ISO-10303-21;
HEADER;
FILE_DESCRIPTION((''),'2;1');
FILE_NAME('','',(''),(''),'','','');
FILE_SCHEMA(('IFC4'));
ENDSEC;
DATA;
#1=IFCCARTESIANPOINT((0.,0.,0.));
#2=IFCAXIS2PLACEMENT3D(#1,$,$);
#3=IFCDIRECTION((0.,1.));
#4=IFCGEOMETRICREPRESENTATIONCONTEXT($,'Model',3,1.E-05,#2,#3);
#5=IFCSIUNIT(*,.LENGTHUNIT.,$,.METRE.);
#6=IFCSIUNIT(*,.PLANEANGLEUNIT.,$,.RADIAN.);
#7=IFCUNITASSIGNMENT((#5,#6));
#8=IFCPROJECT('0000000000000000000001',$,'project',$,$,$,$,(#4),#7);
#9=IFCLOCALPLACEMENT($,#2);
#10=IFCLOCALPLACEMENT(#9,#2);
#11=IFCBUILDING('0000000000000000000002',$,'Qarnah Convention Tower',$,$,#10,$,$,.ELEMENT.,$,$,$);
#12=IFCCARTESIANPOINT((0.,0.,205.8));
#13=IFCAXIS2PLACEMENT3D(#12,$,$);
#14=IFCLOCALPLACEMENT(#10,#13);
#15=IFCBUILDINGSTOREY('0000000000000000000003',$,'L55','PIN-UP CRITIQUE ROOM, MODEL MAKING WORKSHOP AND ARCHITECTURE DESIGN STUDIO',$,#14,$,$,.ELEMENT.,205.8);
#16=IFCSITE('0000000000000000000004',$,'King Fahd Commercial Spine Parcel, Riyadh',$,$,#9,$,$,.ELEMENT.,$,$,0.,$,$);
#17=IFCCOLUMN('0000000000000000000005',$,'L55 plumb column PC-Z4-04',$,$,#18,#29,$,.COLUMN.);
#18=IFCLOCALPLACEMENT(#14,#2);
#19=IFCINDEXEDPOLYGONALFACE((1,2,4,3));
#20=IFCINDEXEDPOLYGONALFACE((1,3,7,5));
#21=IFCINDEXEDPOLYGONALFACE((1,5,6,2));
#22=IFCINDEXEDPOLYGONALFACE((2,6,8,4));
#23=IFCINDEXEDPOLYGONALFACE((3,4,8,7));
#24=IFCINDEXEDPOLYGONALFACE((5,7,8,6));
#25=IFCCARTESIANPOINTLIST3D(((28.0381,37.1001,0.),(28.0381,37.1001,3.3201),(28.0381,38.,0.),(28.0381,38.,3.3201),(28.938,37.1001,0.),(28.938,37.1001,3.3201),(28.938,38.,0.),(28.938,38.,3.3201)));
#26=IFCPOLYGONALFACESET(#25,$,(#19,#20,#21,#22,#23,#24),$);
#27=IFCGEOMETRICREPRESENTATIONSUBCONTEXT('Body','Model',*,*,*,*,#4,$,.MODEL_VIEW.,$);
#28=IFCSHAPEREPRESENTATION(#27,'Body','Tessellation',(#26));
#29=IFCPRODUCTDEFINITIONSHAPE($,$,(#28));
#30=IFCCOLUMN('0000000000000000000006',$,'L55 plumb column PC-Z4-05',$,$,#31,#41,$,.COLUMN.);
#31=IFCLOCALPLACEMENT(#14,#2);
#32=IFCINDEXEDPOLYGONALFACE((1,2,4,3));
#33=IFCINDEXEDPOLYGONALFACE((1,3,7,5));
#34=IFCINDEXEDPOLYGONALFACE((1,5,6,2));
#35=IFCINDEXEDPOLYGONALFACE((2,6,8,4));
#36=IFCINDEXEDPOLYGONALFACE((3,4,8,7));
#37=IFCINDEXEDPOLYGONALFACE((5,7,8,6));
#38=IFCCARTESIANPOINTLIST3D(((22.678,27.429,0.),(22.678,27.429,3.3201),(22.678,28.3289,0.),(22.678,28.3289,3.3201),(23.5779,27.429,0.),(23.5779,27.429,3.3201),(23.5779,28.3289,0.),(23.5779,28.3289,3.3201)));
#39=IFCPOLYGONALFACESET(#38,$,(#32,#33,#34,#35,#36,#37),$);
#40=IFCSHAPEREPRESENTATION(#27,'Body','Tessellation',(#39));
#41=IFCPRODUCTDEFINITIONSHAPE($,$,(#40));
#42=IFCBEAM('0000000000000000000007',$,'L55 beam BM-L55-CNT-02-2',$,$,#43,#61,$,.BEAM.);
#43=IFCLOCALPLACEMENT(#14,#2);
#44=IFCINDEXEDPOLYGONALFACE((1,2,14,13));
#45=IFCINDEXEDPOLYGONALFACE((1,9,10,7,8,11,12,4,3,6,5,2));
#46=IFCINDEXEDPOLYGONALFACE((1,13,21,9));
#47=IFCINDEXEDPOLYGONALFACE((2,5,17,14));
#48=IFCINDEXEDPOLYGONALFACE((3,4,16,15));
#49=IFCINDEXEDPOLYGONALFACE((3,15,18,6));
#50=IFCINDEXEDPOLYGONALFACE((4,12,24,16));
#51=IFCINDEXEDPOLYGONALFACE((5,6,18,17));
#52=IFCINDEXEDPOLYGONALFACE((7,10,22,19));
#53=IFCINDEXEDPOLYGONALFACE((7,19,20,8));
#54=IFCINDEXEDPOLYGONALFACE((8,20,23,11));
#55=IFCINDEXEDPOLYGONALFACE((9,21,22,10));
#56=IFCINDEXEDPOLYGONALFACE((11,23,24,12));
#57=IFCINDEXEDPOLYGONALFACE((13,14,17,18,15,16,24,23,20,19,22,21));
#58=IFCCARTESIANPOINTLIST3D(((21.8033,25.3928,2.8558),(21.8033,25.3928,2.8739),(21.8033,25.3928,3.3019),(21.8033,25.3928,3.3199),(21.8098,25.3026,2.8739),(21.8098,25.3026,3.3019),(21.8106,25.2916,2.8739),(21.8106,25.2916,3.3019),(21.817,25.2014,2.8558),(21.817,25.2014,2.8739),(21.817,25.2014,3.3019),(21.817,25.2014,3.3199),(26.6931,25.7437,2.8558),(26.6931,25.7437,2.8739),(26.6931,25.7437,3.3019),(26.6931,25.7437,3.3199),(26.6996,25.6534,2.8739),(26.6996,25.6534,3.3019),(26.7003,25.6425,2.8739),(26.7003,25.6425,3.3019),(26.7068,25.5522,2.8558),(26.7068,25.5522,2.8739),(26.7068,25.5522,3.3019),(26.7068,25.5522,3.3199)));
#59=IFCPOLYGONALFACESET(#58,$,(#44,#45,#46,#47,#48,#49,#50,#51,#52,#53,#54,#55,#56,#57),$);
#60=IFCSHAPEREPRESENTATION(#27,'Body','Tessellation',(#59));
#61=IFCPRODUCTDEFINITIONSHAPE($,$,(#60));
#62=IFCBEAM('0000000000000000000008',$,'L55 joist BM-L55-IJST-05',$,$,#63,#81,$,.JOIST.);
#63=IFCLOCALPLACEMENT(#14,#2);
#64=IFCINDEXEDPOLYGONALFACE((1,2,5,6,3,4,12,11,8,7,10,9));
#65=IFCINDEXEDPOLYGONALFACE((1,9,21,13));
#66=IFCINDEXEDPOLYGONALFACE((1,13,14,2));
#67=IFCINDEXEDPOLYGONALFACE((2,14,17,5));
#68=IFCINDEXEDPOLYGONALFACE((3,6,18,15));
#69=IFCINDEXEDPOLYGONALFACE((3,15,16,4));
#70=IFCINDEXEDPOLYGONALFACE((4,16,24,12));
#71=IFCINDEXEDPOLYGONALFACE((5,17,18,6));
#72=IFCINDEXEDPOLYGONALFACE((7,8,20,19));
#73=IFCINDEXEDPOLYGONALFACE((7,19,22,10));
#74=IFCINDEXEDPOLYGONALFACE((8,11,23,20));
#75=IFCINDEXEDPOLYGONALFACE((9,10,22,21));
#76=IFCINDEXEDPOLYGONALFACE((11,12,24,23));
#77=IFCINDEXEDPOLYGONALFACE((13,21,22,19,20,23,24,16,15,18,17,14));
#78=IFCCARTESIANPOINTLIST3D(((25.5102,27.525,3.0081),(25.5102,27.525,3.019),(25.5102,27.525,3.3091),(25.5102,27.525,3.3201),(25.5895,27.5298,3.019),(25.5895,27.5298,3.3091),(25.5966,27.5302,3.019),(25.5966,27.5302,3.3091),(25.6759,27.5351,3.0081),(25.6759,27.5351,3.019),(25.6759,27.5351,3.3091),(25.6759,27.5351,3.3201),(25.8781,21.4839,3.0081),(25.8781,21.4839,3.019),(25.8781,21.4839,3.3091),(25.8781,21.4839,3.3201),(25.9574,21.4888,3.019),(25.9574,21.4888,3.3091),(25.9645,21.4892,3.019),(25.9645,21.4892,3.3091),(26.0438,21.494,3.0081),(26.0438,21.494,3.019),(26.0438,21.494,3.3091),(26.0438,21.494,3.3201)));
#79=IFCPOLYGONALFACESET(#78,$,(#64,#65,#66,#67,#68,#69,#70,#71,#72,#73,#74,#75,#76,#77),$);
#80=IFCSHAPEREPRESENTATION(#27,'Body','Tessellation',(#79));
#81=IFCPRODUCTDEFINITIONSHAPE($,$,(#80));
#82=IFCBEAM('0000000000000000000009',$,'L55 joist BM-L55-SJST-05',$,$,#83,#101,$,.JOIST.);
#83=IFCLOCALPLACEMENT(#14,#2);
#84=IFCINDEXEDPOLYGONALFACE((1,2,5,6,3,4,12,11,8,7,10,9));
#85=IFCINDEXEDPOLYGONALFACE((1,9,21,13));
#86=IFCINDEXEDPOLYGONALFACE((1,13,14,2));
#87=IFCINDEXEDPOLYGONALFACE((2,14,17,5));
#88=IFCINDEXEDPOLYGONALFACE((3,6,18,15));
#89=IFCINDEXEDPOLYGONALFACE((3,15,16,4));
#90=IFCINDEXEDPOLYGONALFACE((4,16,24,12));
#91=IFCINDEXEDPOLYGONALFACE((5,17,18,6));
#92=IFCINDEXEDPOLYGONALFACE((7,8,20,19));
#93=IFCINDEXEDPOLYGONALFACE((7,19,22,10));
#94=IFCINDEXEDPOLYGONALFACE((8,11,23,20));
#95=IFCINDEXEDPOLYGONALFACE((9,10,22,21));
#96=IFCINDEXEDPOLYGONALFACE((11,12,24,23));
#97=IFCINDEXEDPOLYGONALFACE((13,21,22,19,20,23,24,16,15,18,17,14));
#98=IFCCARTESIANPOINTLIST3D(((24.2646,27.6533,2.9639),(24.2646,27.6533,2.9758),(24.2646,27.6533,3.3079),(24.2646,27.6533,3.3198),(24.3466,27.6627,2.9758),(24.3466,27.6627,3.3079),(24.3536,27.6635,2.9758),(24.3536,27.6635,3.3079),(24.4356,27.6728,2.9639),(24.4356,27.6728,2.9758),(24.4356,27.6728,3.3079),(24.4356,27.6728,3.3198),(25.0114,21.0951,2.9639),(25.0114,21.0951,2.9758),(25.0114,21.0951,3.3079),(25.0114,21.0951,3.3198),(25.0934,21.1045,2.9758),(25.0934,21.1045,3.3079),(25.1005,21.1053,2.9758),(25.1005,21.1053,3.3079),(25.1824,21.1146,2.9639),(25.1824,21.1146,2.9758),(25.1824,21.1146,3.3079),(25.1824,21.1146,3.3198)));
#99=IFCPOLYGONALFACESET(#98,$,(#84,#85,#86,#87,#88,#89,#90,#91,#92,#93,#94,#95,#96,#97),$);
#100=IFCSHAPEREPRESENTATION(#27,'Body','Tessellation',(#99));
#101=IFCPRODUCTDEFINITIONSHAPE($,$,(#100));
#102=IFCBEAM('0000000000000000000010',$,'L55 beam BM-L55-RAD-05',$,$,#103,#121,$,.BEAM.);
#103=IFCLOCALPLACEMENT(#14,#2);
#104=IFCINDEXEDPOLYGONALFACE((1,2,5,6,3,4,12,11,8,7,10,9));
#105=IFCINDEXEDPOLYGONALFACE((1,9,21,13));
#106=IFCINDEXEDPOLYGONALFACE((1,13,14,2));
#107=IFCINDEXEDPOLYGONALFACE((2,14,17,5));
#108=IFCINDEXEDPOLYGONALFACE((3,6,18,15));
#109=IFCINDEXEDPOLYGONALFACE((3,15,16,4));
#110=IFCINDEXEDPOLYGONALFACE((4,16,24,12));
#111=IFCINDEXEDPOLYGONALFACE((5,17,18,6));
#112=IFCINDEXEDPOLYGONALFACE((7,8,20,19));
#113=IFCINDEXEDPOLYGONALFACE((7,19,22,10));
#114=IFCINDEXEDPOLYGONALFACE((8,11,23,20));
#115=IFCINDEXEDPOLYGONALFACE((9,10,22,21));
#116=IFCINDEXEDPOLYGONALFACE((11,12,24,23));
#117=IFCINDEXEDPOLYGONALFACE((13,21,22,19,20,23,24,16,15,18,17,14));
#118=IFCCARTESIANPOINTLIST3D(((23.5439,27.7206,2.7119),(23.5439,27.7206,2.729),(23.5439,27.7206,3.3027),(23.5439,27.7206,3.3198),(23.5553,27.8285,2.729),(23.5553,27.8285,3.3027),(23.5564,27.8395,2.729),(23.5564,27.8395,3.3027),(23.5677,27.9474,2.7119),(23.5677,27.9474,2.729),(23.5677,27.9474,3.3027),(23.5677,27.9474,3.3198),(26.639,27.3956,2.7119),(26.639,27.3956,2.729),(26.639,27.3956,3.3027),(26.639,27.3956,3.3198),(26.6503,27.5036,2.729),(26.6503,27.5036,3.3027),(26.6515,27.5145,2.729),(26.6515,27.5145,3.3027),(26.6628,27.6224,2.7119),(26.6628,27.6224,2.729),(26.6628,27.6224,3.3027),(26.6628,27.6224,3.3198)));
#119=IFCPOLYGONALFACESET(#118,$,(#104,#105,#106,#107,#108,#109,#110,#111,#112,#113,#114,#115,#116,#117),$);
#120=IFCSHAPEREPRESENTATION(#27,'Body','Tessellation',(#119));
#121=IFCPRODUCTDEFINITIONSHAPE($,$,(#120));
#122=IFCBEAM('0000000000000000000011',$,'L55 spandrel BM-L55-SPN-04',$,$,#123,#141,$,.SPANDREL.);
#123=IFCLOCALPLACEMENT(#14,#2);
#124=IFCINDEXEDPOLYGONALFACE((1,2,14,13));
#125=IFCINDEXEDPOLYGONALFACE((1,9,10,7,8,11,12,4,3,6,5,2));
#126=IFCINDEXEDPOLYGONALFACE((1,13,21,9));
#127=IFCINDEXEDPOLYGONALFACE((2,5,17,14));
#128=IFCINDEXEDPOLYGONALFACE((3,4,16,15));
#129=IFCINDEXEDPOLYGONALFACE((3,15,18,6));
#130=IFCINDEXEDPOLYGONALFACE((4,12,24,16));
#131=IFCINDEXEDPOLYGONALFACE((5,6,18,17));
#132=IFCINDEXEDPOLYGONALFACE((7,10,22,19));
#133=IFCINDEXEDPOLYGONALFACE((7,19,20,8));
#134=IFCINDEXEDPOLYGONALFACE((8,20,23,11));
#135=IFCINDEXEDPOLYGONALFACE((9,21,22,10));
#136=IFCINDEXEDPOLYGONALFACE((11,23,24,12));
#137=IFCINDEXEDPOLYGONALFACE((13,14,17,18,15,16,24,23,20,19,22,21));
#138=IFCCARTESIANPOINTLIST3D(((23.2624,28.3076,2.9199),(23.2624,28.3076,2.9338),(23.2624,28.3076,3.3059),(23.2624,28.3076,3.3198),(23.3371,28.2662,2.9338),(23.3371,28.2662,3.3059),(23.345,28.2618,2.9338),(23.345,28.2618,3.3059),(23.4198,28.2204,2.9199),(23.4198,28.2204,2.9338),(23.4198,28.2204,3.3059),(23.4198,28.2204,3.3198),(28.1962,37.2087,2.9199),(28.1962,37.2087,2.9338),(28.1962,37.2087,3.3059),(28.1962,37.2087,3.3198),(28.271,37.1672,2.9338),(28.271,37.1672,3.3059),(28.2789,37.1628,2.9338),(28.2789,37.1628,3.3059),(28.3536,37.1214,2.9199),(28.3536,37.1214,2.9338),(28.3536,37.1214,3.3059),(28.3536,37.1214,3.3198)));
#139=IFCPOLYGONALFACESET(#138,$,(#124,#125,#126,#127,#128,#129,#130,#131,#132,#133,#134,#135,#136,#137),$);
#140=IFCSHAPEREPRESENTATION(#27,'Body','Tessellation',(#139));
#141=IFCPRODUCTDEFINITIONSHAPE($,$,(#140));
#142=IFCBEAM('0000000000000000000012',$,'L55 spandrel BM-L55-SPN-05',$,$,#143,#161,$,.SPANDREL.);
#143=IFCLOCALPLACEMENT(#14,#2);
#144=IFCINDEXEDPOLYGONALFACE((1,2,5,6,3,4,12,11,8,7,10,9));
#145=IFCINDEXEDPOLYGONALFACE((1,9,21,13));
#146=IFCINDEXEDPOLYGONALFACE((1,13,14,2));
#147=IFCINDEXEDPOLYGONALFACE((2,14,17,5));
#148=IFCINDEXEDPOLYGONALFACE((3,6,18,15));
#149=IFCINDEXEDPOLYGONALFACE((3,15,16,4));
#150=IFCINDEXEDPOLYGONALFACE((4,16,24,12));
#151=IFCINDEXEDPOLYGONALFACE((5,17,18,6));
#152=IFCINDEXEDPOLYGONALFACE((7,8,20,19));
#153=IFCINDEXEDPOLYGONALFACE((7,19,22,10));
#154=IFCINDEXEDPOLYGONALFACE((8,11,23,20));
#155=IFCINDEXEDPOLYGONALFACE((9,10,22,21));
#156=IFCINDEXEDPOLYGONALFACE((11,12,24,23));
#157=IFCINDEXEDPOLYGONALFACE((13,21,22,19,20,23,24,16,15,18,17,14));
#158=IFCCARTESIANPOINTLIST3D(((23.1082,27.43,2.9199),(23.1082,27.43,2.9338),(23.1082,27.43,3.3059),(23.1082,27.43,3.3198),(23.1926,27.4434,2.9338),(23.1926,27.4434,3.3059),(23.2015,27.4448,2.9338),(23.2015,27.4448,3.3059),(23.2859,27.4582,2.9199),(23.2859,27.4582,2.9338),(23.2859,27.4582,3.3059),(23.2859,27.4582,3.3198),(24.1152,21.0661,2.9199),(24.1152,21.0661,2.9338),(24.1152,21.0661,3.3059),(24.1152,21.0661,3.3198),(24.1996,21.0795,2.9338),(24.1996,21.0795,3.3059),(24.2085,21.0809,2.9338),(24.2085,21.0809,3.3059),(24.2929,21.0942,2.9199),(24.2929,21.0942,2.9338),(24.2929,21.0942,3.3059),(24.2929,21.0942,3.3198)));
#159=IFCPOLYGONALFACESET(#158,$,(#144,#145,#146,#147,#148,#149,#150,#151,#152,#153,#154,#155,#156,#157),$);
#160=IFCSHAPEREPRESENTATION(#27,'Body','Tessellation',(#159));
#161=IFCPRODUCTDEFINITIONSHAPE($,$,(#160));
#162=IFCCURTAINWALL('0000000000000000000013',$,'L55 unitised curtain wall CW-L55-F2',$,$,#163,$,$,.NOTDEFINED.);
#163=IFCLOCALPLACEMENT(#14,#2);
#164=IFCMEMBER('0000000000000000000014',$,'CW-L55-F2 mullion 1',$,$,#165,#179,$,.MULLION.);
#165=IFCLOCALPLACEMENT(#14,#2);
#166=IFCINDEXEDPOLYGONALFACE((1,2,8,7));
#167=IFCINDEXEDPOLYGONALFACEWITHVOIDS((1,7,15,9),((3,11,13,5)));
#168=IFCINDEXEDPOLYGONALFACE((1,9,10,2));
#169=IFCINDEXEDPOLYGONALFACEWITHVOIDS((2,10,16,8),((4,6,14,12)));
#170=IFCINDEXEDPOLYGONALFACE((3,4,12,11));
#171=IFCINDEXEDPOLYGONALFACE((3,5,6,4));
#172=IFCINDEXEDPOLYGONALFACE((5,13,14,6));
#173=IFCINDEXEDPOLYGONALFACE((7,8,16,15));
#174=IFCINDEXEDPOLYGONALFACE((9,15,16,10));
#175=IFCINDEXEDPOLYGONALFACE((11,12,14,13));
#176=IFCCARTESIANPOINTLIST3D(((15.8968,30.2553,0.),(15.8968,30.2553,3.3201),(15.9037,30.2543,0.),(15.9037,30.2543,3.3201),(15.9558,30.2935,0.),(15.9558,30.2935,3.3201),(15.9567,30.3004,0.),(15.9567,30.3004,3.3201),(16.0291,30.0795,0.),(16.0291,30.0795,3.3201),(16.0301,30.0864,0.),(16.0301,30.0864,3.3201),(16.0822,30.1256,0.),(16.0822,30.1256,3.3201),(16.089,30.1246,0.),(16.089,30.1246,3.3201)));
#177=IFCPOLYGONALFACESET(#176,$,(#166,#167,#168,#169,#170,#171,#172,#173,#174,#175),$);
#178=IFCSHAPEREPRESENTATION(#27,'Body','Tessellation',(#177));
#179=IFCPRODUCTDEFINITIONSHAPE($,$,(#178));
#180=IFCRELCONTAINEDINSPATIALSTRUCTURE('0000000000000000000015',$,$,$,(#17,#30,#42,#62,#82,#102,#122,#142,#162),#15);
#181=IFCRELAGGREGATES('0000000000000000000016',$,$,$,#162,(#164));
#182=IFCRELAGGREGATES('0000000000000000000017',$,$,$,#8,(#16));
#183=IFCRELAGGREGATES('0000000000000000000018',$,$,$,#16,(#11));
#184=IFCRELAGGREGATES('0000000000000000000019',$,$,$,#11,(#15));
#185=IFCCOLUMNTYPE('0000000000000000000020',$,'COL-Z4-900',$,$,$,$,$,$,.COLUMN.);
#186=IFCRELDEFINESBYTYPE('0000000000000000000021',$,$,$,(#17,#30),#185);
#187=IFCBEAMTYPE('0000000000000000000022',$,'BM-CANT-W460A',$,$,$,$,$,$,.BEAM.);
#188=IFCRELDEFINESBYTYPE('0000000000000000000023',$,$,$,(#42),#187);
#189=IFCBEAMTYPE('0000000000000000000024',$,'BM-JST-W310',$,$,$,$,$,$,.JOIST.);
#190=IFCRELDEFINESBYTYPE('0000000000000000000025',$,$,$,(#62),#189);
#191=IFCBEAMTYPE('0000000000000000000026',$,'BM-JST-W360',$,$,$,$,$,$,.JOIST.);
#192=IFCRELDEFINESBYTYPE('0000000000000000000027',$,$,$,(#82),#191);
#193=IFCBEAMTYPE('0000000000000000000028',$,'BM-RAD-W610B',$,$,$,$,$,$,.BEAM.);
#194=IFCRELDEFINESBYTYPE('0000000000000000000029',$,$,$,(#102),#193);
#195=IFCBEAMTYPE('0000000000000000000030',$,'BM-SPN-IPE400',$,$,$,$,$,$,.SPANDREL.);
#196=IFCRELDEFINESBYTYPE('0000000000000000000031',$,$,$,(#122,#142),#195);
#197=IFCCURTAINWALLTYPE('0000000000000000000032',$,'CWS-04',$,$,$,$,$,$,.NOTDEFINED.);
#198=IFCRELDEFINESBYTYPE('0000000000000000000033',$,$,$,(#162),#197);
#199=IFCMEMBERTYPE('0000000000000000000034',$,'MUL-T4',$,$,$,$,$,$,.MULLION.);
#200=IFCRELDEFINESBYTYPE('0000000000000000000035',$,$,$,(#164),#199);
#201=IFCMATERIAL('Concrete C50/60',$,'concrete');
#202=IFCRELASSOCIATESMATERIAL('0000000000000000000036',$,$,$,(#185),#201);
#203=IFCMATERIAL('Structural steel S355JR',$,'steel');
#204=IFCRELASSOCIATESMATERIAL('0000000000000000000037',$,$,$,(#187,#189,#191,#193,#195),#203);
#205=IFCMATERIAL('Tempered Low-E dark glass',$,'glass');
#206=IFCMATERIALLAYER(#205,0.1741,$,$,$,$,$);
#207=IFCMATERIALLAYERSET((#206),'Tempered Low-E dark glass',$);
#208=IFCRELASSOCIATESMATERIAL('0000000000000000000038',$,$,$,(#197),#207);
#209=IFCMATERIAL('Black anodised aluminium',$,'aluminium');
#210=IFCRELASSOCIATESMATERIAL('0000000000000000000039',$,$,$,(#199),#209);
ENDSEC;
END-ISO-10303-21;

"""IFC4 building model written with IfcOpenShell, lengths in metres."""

from ifc_helpers import new_model, si_unit, direction, frame, origin, origin_2d, place, context, subcontext, project, spatial, rectangle, hollow_rectangle, i_section, extrude, material, layer, layer_set, material_profile, profile_set, type_object, element, aggregate, save


model = new_model("IFC4")

# Units and contexts
model_context = context("Model", 3, precision=1e-05, world=origin(), true_north=direction((0.0, 1.0)))
body_context = subcontext(model_context, "Body", "Model", "MODEL_VIEW")
ifc_project = project(units=[si_unit("LENGTHUNIT", "METRE"), si_unit("PLANEANGLEUNIT", "RADIAN")], contexts=[model_context])

# Site, building, storey
site_placement = place(None, origin())
site = spatial("IfcSite", under=ifc_project, at=site_placement, Name="King Fahd Commercial Spine Parcel, Riyadh", CompositionType="ELEMENT", RefElevation=0.0)
building_placement = place(site_placement, origin())
building = spatial("IfcBuilding", under=site, at=building_placement, Name="Qarnah Convention Tower", CompositionType="ELEMENT")
storey_placement = place(building_placement, frame((0.0, 0.0, 205.8)))
storey = spatial("IfcBuildingStorey", under=building, at=storey_placement, Name="L55", Description="PIN-UP CRITIQUE ROOM, MODEL MAKING WORKSHOP AND ARCHITECTURE DESIGN STUDIO", CompositionType="ELEMENT", Elevation=205.8)

# Columns
ifc_material_1 = material(Name="Concrete C50/60", Category="concrete")
ifc_material_profile_1 = material_profile(ifc_material_1, rectangle(XDim=0.8999, YDim=0.8999, at=origin_2d()), Name="RC-COL-900X900")
ifc_profile_set_1 = profile_set([ifc_material_profile_1], Name="Concrete C50/60")
column_type = type_object("IfcColumnType", Name="COL-Z4-900", PredefinedType="COLUMN", material=ifc_profile_set_1)
for number, where, z_axis, x_axis, name in (
    (1, (28.488, 37.55, 0.0), (0.0, 0.0, 1.0), (1.0, 0.0, 0.0), "L55 plumb column PC-Z4-04"),
    (2, (23.1279, 27.8789, 0.0), (0.0, 0.0, 1.0), (1.0, 0.0, 0.0), "L55 plumb column PC-Z4-05"),
):
    element("IfcColumn", number, at=place(storey_placement, frame(where, z_axis=z_axis, x_axis=x_axis)), inside=storey, type_object=column_type, Name=name, PredefinedType="COLUMN", context=body_context, shape_type="SweptSolid", body=[
        extrude(rectangle(XDim=0.8999, YDim=0.8999, at=origin_2d()), origin(), (0.0, 0.0, 1.0), 3.3201),
    ])

# Beams
ifc_material_2 = material(Name="Structural steel S355JR", Category="steel")
ifc_material_profile_2 = material_profile(ifc_material_2, i_section(OverallWidth=0.1919, OverallDepth=0.4641, WebThickness=0.011, FlangeThickness=0.0181, at=origin_2d()), Name="W460X89")
ifc_profile_set_2 = profile_set([ifc_material_profile_2], Name="Structural steel S355JR")
beam_type_1 = type_object("IfcBeamType", Name="BM-CANT-W460A", PredefinedType="BEAM", material=ifc_profile_set_2)
beam_1_placement = place(storey_placement, frame((26.7, 25.6479, 3.0879), z_axis=(-0.997436, -0.071562, 0.0), x_axis=(0.071562, -0.997436, 0.0)))
element("IfcBeam", 3, at=beam_1_placement, inside=storey, type_object=beam_type_1, Name="L55 beam BM-L55-CNT-02-2", PredefinedType="BEAM", context=body_context, shape_type="SweptSolid", body=[
    extrude(i_section(OverallWidth=0.1919, OverallDepth=0.4641, WebThickness=0.011, FlangeThickness=0.0181, at=origin_2d()), origin(), (0.0, 0.0, 1.0), 4.9023),
])
ifc_material_profile_3 = material_profile(ifc_material_2, i_section(OverallWidth=0.166, OverallDepth=0.312, WebThickness=0.0071, FlangeThickness=0.011, at=origin_2d()), Name="W310X45")
ifc_profile_set_3 = profile_set([ifc_material_profile_3], Name="Structural steel S355JR")
beam_type_2 = type_object("IfcBeamType", Name="BM-JST-W310", PredefinedType="JOIST", material=ifc_profile_set_3)
beam_2_placement = place(storey_placement, frame((25.593, 27.53, 3.1641), z_axis=(0.060791, -0.998151, 0.0), x_axis=(0.998151, 0.060791, 0.0)))
element("IfcBeam", 4, at=beam_2_placement, inside=storey, type_object=beam_type_2, Name="L55 joist BM-L55-IJST-05", PredefinedType="JOIST", context=body_context, shape_type="SweptSolid", body=[
    extrude(i_section(OverallWidth=0.166, OverallDepth=0.312, WebThickness=0.0071, FlangeThickness=0.011, at=origin_2d()), origin(), (0.0, 0.0, 1.0), 6.0522),
])
ifc_material_profile_4 = material_profile(ifc_material_2, i_section(OverallWidth=0.1721, OverallDepth=0.356, WebThickness=0.0071, FlangeThickness=0.012, at=origin_2d()), Name="W360X51")
ifc_profile_set_4 = profile_set([ifc_material_profile_4], Name="Structural steel S355JR")
beam_type_3 = type_object("IfcBeamType", Name="BM-JST-W360", PredefinedType="JOIST", material=ifc_profile_set_4)
beam_3_placement = place(storey_placement, frame((24.3501, 27.6631, 3.1418), z_axis=(0.113147, -0.993578, 0.0), x_axis=(0.993578, 0.113147, 0.0)))
element("IfcBeam", 5, at=beam_3_placement, inside=storey, type_object=beam_type_3, Name="L55 joist BM-L55-SJST-05", PredefinedType="JOIST", context=body_context, shape_type="SweptSolid", body=[
    extrude(i_section(OverallWidth=0.1721, OverallDepth=0.356, WebThickness=0.0071, FlangeThickness=0.012, at=origin_2d()), origin(), (0.0, 0.0, 1.0), 6.6006),
])
ifc_material_profile_5 = material_profile(ifc_material_2, i_section(OverallWidth=0.228, OverallDepth=0.6079, WebThickness=0.011, FlangeThickness=0.0171, at=origin_2d()), Name="W610X113")
ifc_profile_set_5 = profile_set([ifc_material_profile_5], Name="Structural steel S355JR")
beam_type_4 = type_object("IfcBeamType", Name="BM-RAD-W610B", PredefinedType="BEAM", material=ifc_profile_set_5)
beam_4_placement = place(storey_placement, frame((26.6509, 27.509, 3.0159), z_axis=(-0.994533, 0.104419, 0.0), x_axis=(-0.104419, -0.994533, 0.0)))
element("IfcBeam", 6, at=beam_4_placement, inside=storey, type_object=beam_type_4, Name="L55 beam BM-L55-RAD-05", PredefinedType="BEAM", context=body_context, shape_type="SweptSolid", body=[
    extrude(i_section(OverallWidth=0.228, OverallDepth=0.6079, WebThickness=0.011, FlangeThickness=0.0171, at=origin_2d()), origin(), (0.0, 0.0, 1.0), 3.1121),
])
ifc_material_profile_6 = material_profile(ifc_material_2, i_section(OverallWidth=0.1799, OverallDepth=0.3999, WebThickness=0.009, FlangeThickness=0.0139, at=origin_2d()), Name="IPE400")
ifc_profile_set_6 = profile_set([ifc_material_profile_6], Name="Structural steel S355JR")
beam_type_5 = type_object("IfcBeamType", Name="BM-SPN-IPE400", PredefinedType="SPANDREL", material=ifc_profile_set_6)
beam_5_placement = place(storey_placement, frame((28.2749, 37.165, 3.1199), z_axis=(-0.484799, -0.874625, 0.0), x_axis=(0.874625, -0.484799, 0.0)))
element("IfcBeam", 7, at=beam_5_placement, inside=storey, type_object=beam_type_5, Name="L55 spandrel BM-L55-SPN-04", PredefinedType="SPANDREL", context=body_context, shape_type="SweptSolid", body=[
    extrude(i_section(OverallWidth=0.1799, OverallDepth=0.3999, WebThickness=0.009, FlangeThickness=0.0139, at=origin_2d()), origin(), (0.0, 0.0, 1.0), 10.177),
])
beam_6_placement = place(storey_placement, frame((23.197, 27.4441, 3.1199), z_axis=(0.156301, -0.987709, 0.0), x_axis=(0.987709, 0.156301, 0.0)))
element("IfcBeam", 8, at=beam_6_placement, inside=storey, type_object=beam_type_5, Name="L55 spandrel BM-L55-SPN-05", PredefinedType="SPANDREL", context=body_context, shape_type="SweptSolid", body=[
    extrude(i_section(OverallWidth=0.1799, OverallDepth=0.3999, WebThickness=0.009, FlangeThickness=0.0139, at=origin_2d()), origin(), (0.0, 0.0, 1.0), 6.4431),
])

# Curtain wall, member
ifc_material_3 = material(Name="Tempered Low-E dark glass", Category="glass")
ifc_layer_1 = layer(ifc_material_3, 0.1741)
ifc_layer_set_1 = layer_set([ifc_layer_1], Name="Tempered Low-E dark glass")
curtain_wall_type = type_object("IfcCurtainWallType", Name="CWS-04", PredefinedType="NOTDEFINED", material=ifc_layer_set_1)
curtain_wall_placement = place(storey_placement, origin())
curtain_wall = element("IfcCurtainWall", 9, at=curtain_wall_placement, inside=storey, type_object=curtain_wall_type, Name="L55 unitised curtain wall CW-L55-F2", PredefinedType="NOTDEFINED")
ifc_material_4 = material(Name="Black anodised aluminium", Category="aluminium")
ifc_material_profile_7 = material_profile(ifc_material_4, hollow_rectangle(XDim=0.075, YDim=0.22, WallThickness=0.0049, at=origin_2d()), Name="MUL-75X220")
ifc_profile_set_7 = profile_set([ifc_material_profile_7], Name="Black anodised aluminium")
member_type_1 = type_object("IfcMemberType", Name="MUL-T4", PredefinedType="MULLION", material=ifc_profile_set_7)
member_1_placement = place(storey_placement, frame((15.9929, 30.1899, 0.0), z_axis=(0.0, 0.0, 1.0), x_axis=(0.799034, 0.601286, 0.0)))
member_1 = element("IfcMember", 10, at=member_1_placement, type_object=member_type_1, Name="CW-L55-F2 mullion 1", PredefinedType="MULLION", context=body_context, shape_type="SweptSolid", body=[
    extrude(hollow_rectangle(XDim=0.075, YDim=0.22, WallThickness=0.0049, at=origin_2d()), origin(), (0.0, 0.0, 1.0), 3.3201),
])
aggregate(curtain_wall, [member_1])

save(model, "model.ifc")
